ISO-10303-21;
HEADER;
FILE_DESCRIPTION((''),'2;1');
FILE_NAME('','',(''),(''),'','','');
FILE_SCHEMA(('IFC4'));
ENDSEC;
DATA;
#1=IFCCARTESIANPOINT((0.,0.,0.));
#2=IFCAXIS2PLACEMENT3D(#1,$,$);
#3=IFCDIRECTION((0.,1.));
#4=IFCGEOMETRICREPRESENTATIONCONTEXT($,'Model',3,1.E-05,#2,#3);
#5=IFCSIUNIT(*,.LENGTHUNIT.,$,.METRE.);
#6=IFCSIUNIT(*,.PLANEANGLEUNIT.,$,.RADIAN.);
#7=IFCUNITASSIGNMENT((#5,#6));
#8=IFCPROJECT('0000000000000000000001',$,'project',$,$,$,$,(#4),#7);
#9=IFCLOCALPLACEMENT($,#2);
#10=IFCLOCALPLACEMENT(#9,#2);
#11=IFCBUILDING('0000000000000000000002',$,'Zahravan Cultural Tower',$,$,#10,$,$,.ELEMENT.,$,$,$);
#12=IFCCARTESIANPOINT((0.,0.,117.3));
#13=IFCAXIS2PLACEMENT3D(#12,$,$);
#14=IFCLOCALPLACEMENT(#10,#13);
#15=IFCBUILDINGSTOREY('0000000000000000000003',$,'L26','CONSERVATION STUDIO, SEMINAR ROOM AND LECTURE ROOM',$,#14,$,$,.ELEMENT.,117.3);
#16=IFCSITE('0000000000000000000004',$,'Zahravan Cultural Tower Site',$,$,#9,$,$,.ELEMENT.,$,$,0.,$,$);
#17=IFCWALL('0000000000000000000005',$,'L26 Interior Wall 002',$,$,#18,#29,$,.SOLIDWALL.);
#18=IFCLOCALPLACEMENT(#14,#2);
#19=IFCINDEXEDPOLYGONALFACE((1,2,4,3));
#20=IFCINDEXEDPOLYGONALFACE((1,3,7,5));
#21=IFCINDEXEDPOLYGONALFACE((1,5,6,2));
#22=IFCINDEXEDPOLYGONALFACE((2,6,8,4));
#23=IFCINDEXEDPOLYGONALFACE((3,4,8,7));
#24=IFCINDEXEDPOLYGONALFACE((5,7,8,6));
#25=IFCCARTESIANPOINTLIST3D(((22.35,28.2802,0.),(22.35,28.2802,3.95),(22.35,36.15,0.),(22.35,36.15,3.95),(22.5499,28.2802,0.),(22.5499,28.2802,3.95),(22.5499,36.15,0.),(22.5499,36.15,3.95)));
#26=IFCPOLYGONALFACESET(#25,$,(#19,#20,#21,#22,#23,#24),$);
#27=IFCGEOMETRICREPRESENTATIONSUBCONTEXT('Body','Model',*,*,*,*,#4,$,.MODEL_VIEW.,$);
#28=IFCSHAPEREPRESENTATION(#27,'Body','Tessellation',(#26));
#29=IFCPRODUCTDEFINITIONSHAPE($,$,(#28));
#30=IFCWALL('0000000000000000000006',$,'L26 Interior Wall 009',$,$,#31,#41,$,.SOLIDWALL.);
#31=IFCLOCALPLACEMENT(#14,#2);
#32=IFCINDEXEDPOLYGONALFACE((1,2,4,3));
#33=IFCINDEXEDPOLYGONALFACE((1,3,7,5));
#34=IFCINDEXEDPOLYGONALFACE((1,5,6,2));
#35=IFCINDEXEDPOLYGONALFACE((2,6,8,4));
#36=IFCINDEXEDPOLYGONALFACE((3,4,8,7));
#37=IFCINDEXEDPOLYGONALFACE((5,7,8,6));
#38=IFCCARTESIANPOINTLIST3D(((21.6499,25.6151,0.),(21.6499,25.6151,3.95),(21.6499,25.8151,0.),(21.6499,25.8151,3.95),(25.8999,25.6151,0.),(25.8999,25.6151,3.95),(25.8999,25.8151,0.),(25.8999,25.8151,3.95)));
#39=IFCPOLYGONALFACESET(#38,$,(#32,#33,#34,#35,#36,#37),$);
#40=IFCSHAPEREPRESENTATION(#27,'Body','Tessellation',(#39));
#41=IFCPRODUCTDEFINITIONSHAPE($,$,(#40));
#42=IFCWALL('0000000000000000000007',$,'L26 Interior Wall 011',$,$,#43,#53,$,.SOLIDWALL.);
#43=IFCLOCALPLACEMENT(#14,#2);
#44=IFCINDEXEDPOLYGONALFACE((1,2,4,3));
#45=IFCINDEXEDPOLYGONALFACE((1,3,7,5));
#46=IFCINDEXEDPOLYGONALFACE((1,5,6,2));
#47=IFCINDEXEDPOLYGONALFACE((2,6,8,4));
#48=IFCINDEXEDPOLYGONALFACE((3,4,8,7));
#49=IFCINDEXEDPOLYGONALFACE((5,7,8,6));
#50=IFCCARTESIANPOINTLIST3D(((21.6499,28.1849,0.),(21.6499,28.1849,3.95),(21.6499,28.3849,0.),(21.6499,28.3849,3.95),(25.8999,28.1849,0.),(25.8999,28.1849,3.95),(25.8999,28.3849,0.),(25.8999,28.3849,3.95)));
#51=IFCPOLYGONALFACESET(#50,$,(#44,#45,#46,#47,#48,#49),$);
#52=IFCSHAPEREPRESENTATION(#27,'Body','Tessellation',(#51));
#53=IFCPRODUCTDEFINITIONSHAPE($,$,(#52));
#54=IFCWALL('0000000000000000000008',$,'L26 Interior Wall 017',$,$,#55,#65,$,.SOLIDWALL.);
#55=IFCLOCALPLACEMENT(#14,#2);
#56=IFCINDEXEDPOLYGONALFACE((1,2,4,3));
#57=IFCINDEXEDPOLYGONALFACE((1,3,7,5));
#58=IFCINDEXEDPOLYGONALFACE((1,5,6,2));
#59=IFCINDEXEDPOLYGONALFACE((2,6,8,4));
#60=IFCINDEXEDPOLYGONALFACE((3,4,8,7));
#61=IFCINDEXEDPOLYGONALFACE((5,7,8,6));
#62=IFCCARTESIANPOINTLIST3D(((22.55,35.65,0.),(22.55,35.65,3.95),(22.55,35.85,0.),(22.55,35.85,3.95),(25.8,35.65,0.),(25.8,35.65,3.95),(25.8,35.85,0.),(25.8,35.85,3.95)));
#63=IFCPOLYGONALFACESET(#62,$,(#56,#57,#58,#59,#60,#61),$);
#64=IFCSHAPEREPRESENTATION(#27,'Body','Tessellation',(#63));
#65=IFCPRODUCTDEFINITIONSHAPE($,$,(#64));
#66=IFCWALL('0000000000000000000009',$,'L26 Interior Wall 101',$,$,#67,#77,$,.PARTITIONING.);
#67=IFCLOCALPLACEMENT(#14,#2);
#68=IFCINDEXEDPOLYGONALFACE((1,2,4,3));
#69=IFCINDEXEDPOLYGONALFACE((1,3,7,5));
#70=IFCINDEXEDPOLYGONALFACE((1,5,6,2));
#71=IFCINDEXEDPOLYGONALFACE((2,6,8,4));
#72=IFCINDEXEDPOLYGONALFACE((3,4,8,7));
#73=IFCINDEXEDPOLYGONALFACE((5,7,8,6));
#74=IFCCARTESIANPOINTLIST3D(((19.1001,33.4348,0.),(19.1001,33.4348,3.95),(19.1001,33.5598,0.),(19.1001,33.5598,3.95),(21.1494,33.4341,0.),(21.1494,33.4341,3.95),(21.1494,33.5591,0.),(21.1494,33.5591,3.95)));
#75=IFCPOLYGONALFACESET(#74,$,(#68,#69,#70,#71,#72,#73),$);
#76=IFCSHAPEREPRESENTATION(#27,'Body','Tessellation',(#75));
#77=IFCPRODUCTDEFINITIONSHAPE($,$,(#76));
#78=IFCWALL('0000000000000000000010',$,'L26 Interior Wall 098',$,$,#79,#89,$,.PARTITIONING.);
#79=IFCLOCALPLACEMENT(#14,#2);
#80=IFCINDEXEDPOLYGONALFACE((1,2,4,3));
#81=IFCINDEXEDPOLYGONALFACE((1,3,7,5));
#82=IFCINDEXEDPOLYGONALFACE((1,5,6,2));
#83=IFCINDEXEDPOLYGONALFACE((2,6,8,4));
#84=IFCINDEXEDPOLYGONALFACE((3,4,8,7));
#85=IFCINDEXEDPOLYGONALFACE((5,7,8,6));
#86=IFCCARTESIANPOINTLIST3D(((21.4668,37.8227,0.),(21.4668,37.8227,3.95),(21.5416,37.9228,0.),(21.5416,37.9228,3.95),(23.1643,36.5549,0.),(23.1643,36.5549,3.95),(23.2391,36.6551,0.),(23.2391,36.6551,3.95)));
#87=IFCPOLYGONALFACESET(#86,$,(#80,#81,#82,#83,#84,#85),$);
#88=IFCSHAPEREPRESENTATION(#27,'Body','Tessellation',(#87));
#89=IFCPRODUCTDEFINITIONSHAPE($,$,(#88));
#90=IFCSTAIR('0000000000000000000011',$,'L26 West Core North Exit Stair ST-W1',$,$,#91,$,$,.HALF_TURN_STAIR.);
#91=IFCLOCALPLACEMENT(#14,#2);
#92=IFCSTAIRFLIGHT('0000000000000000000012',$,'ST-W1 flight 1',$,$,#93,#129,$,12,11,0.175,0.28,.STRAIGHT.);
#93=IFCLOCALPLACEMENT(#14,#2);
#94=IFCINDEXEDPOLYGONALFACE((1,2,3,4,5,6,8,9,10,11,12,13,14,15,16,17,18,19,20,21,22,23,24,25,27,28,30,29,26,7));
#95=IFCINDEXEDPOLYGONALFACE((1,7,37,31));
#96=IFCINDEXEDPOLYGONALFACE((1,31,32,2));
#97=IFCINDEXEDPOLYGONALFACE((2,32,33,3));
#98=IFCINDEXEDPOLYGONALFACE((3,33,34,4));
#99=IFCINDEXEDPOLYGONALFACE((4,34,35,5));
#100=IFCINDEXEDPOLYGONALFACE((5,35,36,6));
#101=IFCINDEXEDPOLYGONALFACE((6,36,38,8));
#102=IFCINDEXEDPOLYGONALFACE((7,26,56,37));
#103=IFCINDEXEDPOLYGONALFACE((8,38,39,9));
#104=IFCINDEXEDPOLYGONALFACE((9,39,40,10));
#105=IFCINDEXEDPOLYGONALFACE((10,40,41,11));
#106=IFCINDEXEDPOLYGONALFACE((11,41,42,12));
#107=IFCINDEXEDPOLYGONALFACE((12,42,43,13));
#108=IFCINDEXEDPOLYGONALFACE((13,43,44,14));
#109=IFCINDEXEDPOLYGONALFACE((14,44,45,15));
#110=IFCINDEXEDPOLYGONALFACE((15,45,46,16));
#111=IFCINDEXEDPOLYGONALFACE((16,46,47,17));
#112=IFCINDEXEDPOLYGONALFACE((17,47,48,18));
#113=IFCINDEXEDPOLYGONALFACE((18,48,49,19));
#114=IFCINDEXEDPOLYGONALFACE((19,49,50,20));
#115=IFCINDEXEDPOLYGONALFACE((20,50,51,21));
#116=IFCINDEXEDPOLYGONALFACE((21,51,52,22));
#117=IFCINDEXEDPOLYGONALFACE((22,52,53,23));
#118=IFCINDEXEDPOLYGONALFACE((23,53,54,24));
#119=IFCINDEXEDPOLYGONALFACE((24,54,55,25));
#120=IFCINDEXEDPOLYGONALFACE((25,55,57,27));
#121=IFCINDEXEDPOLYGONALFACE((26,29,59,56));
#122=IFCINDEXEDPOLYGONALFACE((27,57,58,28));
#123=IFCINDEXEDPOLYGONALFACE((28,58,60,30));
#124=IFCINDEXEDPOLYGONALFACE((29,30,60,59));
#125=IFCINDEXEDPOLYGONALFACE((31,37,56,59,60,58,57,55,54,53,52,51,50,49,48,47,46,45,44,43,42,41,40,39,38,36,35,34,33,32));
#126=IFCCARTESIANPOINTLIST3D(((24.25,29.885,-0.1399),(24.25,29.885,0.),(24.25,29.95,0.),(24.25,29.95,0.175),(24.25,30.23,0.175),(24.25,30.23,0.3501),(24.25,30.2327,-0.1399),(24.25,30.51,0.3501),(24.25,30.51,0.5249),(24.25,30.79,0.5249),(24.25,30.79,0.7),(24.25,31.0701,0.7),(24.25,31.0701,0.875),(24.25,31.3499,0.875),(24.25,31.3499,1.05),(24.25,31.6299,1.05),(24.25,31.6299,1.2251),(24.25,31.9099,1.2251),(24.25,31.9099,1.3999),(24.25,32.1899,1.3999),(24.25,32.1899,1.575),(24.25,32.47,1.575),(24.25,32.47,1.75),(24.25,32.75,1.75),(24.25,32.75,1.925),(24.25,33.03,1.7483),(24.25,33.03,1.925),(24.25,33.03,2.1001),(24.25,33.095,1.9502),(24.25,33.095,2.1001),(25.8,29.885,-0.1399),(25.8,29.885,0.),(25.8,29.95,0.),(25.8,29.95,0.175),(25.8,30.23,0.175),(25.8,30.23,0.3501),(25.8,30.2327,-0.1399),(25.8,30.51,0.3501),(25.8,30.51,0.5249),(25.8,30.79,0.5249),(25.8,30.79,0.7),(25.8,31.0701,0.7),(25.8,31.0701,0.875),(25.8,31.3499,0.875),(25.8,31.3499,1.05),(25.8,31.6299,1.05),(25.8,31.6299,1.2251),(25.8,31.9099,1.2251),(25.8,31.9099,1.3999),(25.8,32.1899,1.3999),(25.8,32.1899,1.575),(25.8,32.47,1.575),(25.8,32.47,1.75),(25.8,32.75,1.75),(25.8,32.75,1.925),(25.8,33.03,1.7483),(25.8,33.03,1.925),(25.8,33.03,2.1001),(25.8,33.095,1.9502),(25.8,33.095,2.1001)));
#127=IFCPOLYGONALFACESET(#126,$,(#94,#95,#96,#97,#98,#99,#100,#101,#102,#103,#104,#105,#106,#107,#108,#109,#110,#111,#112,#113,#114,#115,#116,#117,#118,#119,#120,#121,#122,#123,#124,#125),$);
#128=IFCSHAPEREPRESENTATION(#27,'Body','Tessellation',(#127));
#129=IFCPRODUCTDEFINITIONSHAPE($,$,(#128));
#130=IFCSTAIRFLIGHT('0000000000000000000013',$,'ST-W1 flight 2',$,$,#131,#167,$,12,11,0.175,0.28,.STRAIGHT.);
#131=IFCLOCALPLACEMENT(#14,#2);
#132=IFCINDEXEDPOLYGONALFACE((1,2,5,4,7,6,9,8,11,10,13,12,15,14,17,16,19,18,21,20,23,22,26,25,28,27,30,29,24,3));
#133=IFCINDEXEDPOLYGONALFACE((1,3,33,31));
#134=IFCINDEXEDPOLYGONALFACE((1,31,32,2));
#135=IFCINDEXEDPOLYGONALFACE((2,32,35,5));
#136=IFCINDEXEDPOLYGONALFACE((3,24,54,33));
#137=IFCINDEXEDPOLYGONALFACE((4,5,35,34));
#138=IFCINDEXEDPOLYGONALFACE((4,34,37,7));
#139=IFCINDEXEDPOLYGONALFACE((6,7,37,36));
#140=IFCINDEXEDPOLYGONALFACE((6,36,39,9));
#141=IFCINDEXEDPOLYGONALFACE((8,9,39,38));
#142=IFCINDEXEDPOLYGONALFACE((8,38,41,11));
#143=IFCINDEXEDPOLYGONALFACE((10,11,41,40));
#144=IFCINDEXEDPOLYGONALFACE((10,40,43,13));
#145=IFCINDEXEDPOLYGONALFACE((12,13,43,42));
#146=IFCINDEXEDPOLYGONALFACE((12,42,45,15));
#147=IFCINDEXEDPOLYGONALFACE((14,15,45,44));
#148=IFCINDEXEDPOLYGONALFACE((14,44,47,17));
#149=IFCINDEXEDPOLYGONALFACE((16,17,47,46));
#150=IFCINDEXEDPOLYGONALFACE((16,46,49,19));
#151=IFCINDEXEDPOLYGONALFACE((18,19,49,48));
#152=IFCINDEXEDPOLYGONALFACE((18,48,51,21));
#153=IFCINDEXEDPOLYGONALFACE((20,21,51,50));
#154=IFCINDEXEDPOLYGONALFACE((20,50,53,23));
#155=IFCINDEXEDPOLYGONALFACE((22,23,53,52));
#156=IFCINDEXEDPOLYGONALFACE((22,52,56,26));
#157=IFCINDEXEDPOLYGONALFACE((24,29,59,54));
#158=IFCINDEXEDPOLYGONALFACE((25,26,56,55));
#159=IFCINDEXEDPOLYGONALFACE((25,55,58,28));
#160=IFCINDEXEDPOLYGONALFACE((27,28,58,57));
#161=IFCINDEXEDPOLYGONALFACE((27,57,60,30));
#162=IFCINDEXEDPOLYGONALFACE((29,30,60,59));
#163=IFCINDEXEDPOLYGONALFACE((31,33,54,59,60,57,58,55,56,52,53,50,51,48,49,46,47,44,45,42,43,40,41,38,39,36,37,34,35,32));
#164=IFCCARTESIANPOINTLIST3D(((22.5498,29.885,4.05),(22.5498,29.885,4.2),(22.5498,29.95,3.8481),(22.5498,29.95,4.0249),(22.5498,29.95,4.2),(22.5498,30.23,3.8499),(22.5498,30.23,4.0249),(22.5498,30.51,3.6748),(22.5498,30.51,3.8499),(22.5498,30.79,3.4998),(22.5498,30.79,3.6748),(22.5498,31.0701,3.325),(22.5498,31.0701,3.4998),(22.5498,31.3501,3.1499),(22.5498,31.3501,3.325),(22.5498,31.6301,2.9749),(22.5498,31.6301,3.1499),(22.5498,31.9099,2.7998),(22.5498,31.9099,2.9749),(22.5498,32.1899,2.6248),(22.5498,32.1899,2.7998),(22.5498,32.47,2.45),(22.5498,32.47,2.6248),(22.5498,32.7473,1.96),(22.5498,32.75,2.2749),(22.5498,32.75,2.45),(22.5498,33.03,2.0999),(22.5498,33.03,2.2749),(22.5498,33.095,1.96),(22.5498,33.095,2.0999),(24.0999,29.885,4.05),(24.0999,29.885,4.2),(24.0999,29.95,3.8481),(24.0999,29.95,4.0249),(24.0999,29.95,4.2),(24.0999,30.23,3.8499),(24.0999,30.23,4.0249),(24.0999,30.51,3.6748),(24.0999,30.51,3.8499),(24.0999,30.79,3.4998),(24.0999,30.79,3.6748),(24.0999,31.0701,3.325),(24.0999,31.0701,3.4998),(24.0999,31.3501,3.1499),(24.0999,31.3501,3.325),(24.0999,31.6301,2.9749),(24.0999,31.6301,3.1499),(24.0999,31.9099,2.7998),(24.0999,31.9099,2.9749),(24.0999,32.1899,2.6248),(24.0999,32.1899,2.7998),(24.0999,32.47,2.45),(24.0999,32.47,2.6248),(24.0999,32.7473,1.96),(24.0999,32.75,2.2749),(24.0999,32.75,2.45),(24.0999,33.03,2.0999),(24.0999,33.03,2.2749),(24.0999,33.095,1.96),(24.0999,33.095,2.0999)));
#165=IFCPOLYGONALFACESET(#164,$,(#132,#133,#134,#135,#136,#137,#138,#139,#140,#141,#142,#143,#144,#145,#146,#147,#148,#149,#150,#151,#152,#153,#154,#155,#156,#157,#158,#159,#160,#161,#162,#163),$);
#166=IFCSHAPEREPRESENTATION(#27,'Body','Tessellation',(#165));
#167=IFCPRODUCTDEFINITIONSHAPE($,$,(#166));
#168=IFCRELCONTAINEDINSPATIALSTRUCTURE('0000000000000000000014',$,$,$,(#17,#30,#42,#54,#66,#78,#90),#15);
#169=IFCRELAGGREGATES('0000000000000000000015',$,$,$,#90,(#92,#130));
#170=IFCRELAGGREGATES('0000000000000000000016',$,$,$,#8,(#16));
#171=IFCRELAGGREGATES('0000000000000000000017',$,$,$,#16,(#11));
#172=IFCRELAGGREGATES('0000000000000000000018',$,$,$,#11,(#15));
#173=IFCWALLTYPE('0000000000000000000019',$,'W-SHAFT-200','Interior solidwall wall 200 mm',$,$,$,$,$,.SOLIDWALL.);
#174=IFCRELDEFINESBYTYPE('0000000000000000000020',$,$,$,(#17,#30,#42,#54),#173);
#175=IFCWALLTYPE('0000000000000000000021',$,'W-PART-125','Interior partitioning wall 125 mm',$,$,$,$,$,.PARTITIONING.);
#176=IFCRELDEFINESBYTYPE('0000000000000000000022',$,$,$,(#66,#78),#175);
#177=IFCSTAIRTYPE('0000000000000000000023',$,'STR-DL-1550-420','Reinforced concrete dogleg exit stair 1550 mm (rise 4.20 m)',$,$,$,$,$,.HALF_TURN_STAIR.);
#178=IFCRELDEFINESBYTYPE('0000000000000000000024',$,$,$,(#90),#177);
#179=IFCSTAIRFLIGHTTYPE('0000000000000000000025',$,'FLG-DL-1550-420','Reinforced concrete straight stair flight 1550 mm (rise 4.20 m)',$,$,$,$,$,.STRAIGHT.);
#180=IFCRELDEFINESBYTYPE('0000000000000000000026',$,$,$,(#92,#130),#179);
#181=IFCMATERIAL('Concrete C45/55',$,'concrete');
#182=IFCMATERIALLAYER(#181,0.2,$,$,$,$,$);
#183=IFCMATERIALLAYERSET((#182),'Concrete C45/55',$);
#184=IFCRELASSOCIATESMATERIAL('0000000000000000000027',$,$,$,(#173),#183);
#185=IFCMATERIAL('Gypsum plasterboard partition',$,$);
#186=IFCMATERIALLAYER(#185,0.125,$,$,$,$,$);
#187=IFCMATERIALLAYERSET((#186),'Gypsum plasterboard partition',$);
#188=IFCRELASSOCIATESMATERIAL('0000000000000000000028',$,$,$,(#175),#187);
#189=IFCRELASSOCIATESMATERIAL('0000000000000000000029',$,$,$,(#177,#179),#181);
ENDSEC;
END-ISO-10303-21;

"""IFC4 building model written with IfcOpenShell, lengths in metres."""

from ifc_helpers import new_model, si_unit, direction, frame, frame_2d, origin, place, context, subcontext, project, spatial, polyline, rectangle, outline, extrude, source, transform, mapped, material, layer, layer_set, type_object, element, aggregate, save


model = new_model("IFC4")

# Units and contexts
model_context = context("Model", 3, precision=1e-05, world=origin(), true_north=direction((0.0, 1.0)))
body_context = subcontext(model_context, "Body", "Model", "MODEL_VIEW")
ifc_project = project(units=[si_unit("LENGTHUNIT", "METRE"), si_unit("PLANEANGLEUNIT", "RADIAN")], contexts=[model_context])

# Site, building, storey
site_placement = place(None, origin())
site = spatial("IfcSite", under=ifc_project, at=site_placement, Name="Zahravan Cultural Tower Site", CompositionType="ELEMENT", RefElevation=0.0)
building_placement = place(site_placement, origin())
building = spatial("IfcBuilding", under=site, at=building_placement, Name="Zahravan Cultural Tower", CompositionType="ELEMENT")
storey_placement = place(building_placement, frame((0.0, 0.0, 117.3)))
storey = spatial("IfcBuildingStorey", under=building, at=storey_placement, Name="L26", Description="CONSERVATION STUDIO, SEMINAR ROOM AND LECTURE ROOM", CompositionType="ELEMENT", Elevation=117.3)

# Walls
ifc_material_1 = material(Name="Concrete C45/55", Category="concrete")
ifc_layer_1 = layer(ifc_material_1, 0.2)
ifc_layer_set_1 = layer_set([ifc_layer_1], Name="Concrete C45/55")
wall_type_1 = type_object("IfcWallType", Name="W-SHAFT-200", Description="Interior solidwall wall 200 mm", PredefinedType="SOLIDWALL", material=ifc_layer_set_1)
shared_shape_1 = source(origin(), body_context, "Body", "SweptSolid", [
    extrude(rectangle(XDim=7.8699, YDim=0.2, at=frame_2d((3.9351, 0.0))), origin(), (0.0, 0.0, 1.0), 3.95),
])
wall_1_placement = place(storey_placement, frame((22.45, 28.28, 0.0), z_axis=(0.0, 0.0, 1.0), x_axis=(0.0, 1.0, 0.0)))
element("IfcWall", 1, at=wall_1_placement, inside=storey, type_object=wall_type_1, Name="L26 Interior Wall 002", PredefinedType="SOLIDWALL", context=body_context, shape_type="MappedRepresentation", body=[
    mapped(shared_shape_1, transform((0.0, 0.0, 0.0), x_axis=(1.0, 0.0, 0.0), y_axis=(0.0, 1.0, 0.0), z_axis=(0.0, 0.0, 1.0), scale=1.0)),
])
shared_shape_2 = source(origin(), body_context, "Body", "SweptSolid", [
    extrude(rectangle(XDim=4.25, YDim=0.2, at=frame_2d((2.125, 0.0))), origin(), (0.0, 0.0, 1.0), 3.95),
])
for number, where, z_axis, x_axis, name in (
    (2, (21.6499, 25.7151, 0.0), (0.0, 0.0, 1.0), (1.0, 0.0, 0.0), "L26 Interior Wall 009"),
    (3, (21.6499, 28.2849, 0.0), (0.0, 0.0, 1.0), (1.0, 0.0, 0.0), "L26 Interior Wall 011"),
):
    element("IfcWall", number, at=place(storey_placement, frame(where, z_axis=z_axis, x_axis=x_axis)), inside=storey, type_object=wall_type_1, Name=name, PredefinedType="SOLIDWALL", context=body_context, shape_type="MappedRepresentation", body=[
        mapped(shared_shape_2, transform((0.0, 0.0, 0.0), x_axis=(1.0, 0.0, 0.0), y_axis=(0.0, 1.0, 0.0), z_axis=(0.0, 0.0, 1.0), scale=1.0)),
    ])
shared_shape_3 = source(origin(), body_context, "Body", "SweptSolid", [
    extrude(rectangle(XDim=3.25, YDim=0.2, at=frame_2d((1.625, 0.0))), origin(), (0.0, 0.0, 1.0), 3.95),
])
wall_2_placement = place(storey_placement, frame((22.55, 35.75, 0.0), z_axis=(0.0, 0.0, 1.0), x_axis=(1.0, 0.0, 0.0)))
element("IfcWall", 4, at=wall_2_placement, inside=storey, type_object=wall_type_1, Name="L26 Interior Wall 017", PredefinedType="SOLIDWALL", context=body_context, shape_type="MappedRepresentation", body=[
    mapped(shared_shape_3, transform((0.0, 0.0, 0.0), x_axis=(1.0, 0.0, 0.0), y_axis=(0.0, 1.0, 0.0), z_axis=(0.0, 0.0, 1.0), scale=1.0)),
])
ifc_material_2 = material(Name="Gypsum plasterboard partition")
ifc_layer_2 = layer(ifc_material_2, 0.125)
ifc_layer_set_2 = layer_set([ifc_layer_2], Name="Gypsum plasterboard partition")
wall_type_2 = type_object("IfcWallType", Name="W-PART-125", Description="Interior partitioning wall 125 mm", PredefinedType="PARTITIONING", material=ifc_layer_set_2)
shared_shape_4 = source(origin(), body_context, "Body", "SweptSolid", [
    extrude(rectangle(XDim=2.0493, YDim=0.125, at=frame_2d((1.0247, 0.0))), origin(), (0.0, 0.0, 1.0), 3.95),
])
wall_3_placement = place(storey_placement, frame((21.1494, 33.4966, 0.0), z_axis=(0.0, 0.0, 1.0), x_axis=(-1.0, 0.000357, 0.0)))
element("IfcWall", 5, at=wall_3_placement, inside=storey, type_object=wall_type_2, Name="L26 Interior Wall 101", PredefinedType="PARTITIONING", context=body_context, shape_type="MappedRepresentation", body=[
    mapped(shared_shape_4, transform((0.0, 0.0, 0.0), x_axis=(1.0, 0.0, 0.0), y_axis=(0.0, 1.0, 0.0), z_axis=(0.0, 0.0, 1.0), scale=1.0)),
])
shared_shape_5 = source(origin(), body_context, "Body", "SweptSolid", [
    extrude(rectangle(XDim=2.1187, YDim=0.125, at=frame_2d((1.0593, 0.0))), origin(), (0.0, 0.0, 1.0), 3.95),
])
wall_4_placement = place(storey_placement, frame((23.2017, 36.605, 0.0), z_axis=(0.0, 0.0, 1.0), x_axis=(-0.801201, 0.598395, 0.0)))
element("IfcWall", 6, at=wall_4_placement, inside=storey, type_object=wall_type_2, Name="L26 Interior Wall 098", PredefinedType="PARTITIONING", context=body_context, shape_type="MappedRepresentation", body=[
    mapped(shared_shape_5, transform((0.0, 0.0, 0.0), x_axis=(1.0, 0.0, 0.0), y_axis=(0.0, 1.0, 0.0), z_axis=(0.0, 0.0, 1.0), scale=1.0)),
])

# Stair, stair flights
stair_type = type_object("IfcStairType", Name="STR-DL-1550-420", Description="Reinforced concrete dogleg exit stair 1550 mm (rise 4.20 m)", PredefinedType="HALF_TURN_STAIR", material=ifc_material_1)
stair_placement = place(storey_placement, origin())
stair = element("IfcStair", 7, at=stair_placement, inside=storey, type_object=stair_type, Name="L26 West Core North Exit Stair ST-W1", PredefinedType="HALF_TURN_STAIR")
stair_flight_type = type_object("IfcStairFlightType", Name="FLG-DL-1550-420", Description="Reinforced concrete straight stair flight 1550 mm (rise 4.20 m)", PredefinedType="STRAIGHT", material=ifc_material_1)
stair_flight_1_placement = place(storey_placement, frame((25.0249, 29.95, 0.0), z_axis=(0.0, 0.0, 1.0), x_axis=(0.0, 1.0, 0.0)))
stair_flight_1 = element("IfcStairFlight", 8, at=stair_flight_1_placement, type_object=stair_flight_type, Name="ST-W1 flight 1", NumberOfRisers=12, NumberOfTreads=11, PredefinedType="STRAIGHT", RiserHeight=0.175, TreadLength=0.28, context=body_context, shape_type="SweptSolid", body=[
    extrude(outline(polyline([(-0.0649, -0.1399), (-0.0649, 0.0), (0.0, 0.0), (0.0, 0.175), (0.28, 0.175), (0.28, 0.3501), (0.5601, 0.3501), (0.5601, 0.5249), (0.8401, 0.5249), (0.8401, 0.7), (1.1201, 0.7), (1.1201, 0.875), (1.3999, 0.875), (1.3999, 1.05), (1.6799, 1.05), (1.6799, 1.2251), (1.96, 1.2251), (1.96, 1.3999), (2.24, 1.3999), (2.24, 1.575), (2.52, 1.575), (2.52, 1.75), (2.8, 1.75), (2.8, 1.925), (3.0801, 1.925), (3.0801, 2.1001), (3.145, 2.1001), (3.145, 1.9502), (3.0801, 1.7483), (0.2827, -0.1399), (-0.0649, -0.1399)])), frame((0.0, 0.7749, 0.0), z_axis=(0.0, -1.0, 0.0), x_axis=(1.0, 0.0, 0.0)), (0.0, 0.0, 1.0), 1.55),
])
stair_flight_2_placement = place(storey_placement, frame((23.325, 33.03, 2.0999), z_axis=(0.0, 0.0, 1.0), x_axis=(0.0, -1.0, 0.0)))
stair_flight_2 = element("IfcStairFlight", 9, at=stair_flight_2_placement, type_object=stair_flight_type, Name="ST-W1 flight 2", NumberOfRisers=12, NumberOfTreads=11, PredefinedType="STRAIGHT", RiserHeight=0.175, TreadLength=0.28, context=body_context, shape_type="SweptSolid", body=[
    extrude(outline(polyline([(-0.0649, -0.1399), (-0.0649, 0.0), (0.0, 0.0), (0.0, 0.175), (0.28, 0.175), (0.28, 0.3501), (0.5601, 0.3501), (0.5601, 0.5249), (0.8401, 0.5249), (0.8401, 0.7), (1.1201, 0.7), (1.1201, 0.875), (1.3999, 0.875), (1.3999, 1.05), (1.6799, 1.05), (1.6799, 1.2251), (1.96, 1.2251), (1.96, 1.3999), (2.24, 1.3999), (2.24, 1.575), (2.52, 1.575), (2.52, 1.75), (2.8, 1.75), (2.8, 1.925), (3.0801, 1.925), (3.0801, 2.1001), (3.145, 2.1001), (3.145, 1.9502), (3.0801, 1.7483), (0.2827, -0.1399), (-0.0649, -0.1399)])), frame((0.0, 0.7749, 0.0), z_axis=(0.0, -1.0, 0.0), x_axis=(1.0, 0.0, 0.0)), (0.0, 0.0, 1.0), 1.55),
])
aggregate(stair, [stair_flight_1, stair_flight_2])

save(model, "model.ifc")
